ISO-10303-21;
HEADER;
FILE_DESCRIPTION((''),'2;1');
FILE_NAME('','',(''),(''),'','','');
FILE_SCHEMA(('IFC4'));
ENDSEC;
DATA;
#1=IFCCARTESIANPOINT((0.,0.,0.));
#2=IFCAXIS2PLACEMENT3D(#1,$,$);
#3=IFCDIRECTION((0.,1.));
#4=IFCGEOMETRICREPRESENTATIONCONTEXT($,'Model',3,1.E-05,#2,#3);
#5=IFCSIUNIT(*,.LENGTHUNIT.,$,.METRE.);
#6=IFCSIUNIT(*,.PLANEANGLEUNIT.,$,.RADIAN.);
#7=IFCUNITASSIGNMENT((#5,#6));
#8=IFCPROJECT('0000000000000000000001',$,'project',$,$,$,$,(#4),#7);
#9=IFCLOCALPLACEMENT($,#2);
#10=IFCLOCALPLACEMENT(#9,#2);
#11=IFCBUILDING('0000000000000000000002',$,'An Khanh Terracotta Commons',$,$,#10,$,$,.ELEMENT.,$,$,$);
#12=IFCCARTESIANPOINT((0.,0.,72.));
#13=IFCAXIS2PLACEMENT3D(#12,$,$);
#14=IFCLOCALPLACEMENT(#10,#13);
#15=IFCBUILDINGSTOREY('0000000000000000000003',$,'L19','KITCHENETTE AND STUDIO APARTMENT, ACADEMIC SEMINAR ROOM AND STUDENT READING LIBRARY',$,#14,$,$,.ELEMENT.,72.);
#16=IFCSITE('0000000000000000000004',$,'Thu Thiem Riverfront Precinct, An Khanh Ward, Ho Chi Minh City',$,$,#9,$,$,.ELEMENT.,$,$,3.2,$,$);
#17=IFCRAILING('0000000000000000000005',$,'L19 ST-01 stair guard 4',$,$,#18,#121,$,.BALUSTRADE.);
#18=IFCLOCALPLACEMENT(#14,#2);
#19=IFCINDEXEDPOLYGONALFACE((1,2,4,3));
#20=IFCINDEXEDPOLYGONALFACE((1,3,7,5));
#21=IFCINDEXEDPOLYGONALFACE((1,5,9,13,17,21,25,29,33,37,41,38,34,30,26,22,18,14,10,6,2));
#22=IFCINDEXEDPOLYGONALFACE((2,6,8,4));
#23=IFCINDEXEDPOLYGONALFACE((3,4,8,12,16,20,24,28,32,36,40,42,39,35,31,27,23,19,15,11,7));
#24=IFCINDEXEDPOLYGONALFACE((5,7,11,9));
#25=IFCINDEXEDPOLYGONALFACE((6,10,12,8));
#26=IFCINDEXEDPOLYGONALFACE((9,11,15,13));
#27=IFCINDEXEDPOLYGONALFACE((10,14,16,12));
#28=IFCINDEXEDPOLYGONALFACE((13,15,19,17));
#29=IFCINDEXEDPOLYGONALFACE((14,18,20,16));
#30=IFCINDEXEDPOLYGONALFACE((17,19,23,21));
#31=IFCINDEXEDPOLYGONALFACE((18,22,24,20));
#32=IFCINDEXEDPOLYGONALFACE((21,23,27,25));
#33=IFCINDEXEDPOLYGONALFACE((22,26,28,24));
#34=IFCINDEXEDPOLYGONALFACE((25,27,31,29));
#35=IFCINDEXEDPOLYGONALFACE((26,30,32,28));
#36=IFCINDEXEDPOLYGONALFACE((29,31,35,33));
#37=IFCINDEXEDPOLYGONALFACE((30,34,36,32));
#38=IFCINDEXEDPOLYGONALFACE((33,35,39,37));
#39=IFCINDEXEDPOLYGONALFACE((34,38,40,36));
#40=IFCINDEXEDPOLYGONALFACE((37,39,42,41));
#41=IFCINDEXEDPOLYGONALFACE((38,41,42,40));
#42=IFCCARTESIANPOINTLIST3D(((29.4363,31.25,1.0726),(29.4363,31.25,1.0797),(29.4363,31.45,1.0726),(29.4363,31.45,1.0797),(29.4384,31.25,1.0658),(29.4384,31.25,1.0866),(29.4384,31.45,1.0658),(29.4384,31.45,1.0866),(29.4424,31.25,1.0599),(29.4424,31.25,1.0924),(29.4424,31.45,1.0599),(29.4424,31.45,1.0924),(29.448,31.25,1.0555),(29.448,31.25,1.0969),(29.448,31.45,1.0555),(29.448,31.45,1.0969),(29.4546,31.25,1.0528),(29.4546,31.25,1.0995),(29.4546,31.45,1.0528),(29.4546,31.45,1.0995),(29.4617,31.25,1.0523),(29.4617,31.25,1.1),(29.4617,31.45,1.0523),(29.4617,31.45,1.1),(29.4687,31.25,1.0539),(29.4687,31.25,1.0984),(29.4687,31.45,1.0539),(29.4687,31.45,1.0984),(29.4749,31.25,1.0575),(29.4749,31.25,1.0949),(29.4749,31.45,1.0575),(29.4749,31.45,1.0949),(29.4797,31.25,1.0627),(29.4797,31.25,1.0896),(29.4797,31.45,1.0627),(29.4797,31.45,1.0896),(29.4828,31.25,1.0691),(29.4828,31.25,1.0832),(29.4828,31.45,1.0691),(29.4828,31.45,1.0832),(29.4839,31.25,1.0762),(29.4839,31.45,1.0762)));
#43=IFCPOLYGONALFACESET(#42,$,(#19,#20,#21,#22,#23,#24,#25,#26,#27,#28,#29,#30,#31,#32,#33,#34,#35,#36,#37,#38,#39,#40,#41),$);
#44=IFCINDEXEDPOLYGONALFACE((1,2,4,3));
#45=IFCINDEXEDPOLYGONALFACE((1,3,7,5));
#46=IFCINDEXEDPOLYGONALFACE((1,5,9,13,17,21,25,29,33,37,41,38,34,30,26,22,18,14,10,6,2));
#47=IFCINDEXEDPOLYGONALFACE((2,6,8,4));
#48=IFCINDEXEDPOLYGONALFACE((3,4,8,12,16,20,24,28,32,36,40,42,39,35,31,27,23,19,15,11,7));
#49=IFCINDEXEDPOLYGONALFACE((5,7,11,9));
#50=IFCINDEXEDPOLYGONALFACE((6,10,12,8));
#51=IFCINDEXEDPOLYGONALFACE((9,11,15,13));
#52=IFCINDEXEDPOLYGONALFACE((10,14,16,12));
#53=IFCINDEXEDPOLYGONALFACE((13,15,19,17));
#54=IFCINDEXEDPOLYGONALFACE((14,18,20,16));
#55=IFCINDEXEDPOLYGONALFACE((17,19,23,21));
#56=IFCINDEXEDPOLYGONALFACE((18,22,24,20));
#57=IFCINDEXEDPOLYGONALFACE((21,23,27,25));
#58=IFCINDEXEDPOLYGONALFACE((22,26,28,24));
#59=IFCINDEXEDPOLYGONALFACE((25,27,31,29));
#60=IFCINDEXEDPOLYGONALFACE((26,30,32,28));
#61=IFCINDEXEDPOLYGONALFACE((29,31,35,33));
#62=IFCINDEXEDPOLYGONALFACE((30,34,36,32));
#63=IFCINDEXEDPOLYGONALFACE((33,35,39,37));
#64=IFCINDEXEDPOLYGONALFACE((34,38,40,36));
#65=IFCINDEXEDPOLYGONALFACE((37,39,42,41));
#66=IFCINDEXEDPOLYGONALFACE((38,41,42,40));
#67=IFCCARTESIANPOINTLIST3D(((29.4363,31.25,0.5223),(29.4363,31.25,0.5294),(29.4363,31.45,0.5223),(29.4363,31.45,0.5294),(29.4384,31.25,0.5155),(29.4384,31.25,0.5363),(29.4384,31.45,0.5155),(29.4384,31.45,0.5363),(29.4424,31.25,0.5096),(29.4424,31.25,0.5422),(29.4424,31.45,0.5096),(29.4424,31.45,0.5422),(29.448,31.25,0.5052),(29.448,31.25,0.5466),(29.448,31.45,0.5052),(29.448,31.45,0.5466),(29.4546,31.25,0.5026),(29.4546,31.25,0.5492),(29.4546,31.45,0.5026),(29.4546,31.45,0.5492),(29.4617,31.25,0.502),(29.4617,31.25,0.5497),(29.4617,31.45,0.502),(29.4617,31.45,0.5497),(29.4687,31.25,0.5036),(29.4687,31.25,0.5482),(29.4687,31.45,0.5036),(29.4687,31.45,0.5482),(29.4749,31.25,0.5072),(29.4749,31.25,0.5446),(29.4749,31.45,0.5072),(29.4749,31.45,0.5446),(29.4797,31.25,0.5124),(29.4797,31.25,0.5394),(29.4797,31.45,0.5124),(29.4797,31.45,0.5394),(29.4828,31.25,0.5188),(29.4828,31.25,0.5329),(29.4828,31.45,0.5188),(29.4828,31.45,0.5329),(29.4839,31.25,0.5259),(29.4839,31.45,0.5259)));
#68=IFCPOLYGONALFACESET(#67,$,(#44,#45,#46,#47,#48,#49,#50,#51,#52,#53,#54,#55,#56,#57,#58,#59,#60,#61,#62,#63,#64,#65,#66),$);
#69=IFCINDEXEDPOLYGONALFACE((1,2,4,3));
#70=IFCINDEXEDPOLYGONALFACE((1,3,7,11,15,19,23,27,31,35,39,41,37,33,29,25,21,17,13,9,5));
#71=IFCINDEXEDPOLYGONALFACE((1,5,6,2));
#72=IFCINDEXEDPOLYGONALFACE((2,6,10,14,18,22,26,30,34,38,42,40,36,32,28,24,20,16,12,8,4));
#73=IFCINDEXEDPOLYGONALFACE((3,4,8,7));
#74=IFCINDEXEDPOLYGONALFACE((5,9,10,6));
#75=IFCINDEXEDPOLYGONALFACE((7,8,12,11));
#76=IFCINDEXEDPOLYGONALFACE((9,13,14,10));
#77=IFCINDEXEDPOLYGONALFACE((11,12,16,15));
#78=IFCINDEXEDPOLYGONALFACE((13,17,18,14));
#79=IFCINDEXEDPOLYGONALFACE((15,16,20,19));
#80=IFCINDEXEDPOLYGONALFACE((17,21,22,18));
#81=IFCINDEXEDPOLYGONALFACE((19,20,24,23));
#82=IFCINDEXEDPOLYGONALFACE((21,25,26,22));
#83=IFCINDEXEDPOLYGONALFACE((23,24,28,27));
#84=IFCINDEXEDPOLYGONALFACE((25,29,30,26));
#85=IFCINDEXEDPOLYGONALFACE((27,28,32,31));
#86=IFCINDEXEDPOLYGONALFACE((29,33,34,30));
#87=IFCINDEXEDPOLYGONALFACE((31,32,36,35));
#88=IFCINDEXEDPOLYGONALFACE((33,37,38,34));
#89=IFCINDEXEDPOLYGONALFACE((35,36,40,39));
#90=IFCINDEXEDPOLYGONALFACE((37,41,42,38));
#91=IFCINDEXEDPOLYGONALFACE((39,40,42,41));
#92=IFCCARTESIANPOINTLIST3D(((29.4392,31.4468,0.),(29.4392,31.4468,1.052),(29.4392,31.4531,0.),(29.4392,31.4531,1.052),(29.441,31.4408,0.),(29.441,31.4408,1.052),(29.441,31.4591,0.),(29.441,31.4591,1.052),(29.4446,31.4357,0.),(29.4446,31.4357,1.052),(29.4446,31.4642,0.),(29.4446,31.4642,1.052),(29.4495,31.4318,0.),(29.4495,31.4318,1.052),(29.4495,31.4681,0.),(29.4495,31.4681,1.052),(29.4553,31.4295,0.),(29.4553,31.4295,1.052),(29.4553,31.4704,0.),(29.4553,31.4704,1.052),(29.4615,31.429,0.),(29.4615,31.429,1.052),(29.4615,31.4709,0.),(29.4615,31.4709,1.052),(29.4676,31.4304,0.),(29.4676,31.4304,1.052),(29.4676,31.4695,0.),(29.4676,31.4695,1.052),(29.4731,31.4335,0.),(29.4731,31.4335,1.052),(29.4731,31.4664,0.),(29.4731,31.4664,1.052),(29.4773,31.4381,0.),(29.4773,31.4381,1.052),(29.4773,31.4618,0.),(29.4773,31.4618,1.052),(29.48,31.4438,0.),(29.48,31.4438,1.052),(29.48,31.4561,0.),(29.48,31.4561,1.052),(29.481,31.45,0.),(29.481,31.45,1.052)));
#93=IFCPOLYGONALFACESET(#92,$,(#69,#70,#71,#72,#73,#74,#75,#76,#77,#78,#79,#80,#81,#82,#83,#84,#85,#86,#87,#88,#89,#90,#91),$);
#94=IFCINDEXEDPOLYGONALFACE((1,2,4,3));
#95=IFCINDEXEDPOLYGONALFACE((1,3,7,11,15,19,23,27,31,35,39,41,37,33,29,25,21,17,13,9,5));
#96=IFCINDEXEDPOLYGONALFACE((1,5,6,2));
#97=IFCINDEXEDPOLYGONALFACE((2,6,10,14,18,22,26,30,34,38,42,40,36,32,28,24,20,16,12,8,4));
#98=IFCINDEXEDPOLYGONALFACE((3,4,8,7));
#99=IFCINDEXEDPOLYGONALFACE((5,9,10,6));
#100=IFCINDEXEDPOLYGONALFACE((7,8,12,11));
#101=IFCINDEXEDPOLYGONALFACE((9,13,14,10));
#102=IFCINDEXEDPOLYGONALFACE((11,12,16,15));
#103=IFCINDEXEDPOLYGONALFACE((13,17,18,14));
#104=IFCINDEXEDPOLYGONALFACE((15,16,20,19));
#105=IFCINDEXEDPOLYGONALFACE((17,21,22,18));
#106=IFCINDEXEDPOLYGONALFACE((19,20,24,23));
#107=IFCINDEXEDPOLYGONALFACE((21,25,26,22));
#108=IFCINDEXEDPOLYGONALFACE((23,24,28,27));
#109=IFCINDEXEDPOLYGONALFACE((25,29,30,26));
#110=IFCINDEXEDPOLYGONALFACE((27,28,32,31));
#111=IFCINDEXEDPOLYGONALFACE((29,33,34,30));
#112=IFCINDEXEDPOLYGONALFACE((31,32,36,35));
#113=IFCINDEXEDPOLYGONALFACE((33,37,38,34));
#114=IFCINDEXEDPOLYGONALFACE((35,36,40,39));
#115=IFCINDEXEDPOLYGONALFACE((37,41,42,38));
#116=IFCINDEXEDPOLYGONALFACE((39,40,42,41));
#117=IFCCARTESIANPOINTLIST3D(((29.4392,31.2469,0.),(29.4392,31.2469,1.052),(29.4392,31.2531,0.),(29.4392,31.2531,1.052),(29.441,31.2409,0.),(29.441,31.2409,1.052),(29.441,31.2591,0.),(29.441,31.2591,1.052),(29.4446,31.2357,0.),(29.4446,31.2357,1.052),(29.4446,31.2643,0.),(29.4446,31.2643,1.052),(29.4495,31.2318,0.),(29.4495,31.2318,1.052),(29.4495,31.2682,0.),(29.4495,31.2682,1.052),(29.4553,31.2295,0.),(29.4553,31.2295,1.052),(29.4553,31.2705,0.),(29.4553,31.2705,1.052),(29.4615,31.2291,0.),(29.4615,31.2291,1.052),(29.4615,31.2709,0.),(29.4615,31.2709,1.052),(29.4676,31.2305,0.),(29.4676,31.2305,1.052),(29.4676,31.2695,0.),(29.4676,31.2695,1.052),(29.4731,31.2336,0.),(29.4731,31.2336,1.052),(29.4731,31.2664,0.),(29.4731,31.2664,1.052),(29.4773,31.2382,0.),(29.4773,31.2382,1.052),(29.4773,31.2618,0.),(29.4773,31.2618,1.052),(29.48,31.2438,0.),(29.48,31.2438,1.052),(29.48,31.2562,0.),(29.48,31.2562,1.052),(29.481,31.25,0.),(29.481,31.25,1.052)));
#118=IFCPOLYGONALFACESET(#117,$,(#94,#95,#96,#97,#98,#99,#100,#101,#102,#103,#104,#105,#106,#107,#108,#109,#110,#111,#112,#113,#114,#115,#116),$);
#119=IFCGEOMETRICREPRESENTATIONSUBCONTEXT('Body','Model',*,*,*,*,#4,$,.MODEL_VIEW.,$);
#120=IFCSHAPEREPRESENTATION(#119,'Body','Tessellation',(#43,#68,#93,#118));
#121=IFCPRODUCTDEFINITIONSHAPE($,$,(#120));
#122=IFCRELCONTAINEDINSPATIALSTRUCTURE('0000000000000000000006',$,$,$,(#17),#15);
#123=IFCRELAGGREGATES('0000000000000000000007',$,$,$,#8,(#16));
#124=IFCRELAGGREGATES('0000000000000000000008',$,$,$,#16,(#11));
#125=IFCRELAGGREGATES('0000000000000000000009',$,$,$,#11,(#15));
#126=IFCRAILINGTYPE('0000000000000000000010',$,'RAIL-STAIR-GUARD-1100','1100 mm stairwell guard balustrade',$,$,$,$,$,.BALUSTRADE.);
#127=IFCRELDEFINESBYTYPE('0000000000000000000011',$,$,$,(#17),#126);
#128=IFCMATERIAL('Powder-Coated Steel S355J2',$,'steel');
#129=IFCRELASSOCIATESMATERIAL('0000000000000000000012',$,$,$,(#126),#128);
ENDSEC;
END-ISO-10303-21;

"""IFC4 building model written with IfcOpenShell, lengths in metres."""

from ifc_helpers import new_model, si_unit, direction, frame, origin, origin_2d, place, context, subcontext, project, spatial, circle, extrude, material, type_object, element, save


model = new_model("IFC4")

# Units and contexts
model_context = context("Model", 3, precision=1e-05, world=origin(), true_north=direction((0.0, 1.0)))
body_context = subcontext(model_context, "Body", "Model", "MODEL_VIEW")
ifc_project = project(units=[si_unit("LENGTHUNIT", "METRE"), si_unit("PLANEANGLEUNIT", "RADIAN")], contexts=[model_context])

# Site, building, storey
site_placement = place(None, origin())
site = spatial("IfcSite", under=ifc_project, at=site_placement, Name="Thu Thiem Riverfront Precinct, An Khanh Ward, Ho Chi Minh City", CompositionType="ELEMENT", RefElevation=3.2)
building_placement = place(site_placement, origin())
building = spatial("IfcBuilding", under=site, at=building_placement, Name="An Khanh Terracotta Commons", CompositionType="ELEMENT")
storey_placement = place(building_placement, frame((0.0, 0.0, 72.0)))
storey = spatial("IfcBuildingStorey", under=building, at=storey_placement, Name="L19", Description="KITCHENETTE AND STUDIO APARTMENT, ACADEMIC SEMINAR ROOM AND STUDENT READING LIBRARY", CompositionType="ELEMENT", Elevation=72.0)

# Railing
ifc_material_1 = material(Name="Powder-Coated Steel S355J2", Category="steel")
railing_type_1 = type_object("IfcRailingType", Name="RAIL-STAIR-GUARD-1100", Description="1100 mm stairwell guard balustrade", PredefinedType="BALUSTRADE", material=ifc_material_1)
railing_1_placement = place(storey_placement, frame((29.46, 31.45, 0.0)))
element("IfcRailing", 1, at=railing_1_placement, inside=storey, type_object=railing_type_1, Name="L19 ST-01 stair guard 4", PredefinedType="BALUSTRADE", context=body_context, shape_type="SweptSolid", body=[
    extrude(circle(Radius=0.0239, at=origin_2d()), frame((0.0, 0.0, 1.0762), z_axis=(0.0, -1.0, 0.0), x_axis=(1.0, 0.0, 0.0)), (0.0, 0.0, 1.0), 0.2),
    extrude(circle(Radius=0.0239, at=origin_2d()), frame((0.0, 0.0, 0.5259), z_axis=(0.0, -1.0, 0.0), x_axis=(1.0, 0.0, 0.0)), (0.0, 0.0, 1.0), 0.2),
    extrude(circle(Radius=0.021, at=origin_2d()), origin(), (0.0, 0.0, 1.0), 1.052),
    extrude(circle(Radius=0.021, at=origin_2d()), frame((0.0, -0.2, 0.0)), (0.0, 0.0, 1.0), 1.052),
])

save(model, "model.ifc")
